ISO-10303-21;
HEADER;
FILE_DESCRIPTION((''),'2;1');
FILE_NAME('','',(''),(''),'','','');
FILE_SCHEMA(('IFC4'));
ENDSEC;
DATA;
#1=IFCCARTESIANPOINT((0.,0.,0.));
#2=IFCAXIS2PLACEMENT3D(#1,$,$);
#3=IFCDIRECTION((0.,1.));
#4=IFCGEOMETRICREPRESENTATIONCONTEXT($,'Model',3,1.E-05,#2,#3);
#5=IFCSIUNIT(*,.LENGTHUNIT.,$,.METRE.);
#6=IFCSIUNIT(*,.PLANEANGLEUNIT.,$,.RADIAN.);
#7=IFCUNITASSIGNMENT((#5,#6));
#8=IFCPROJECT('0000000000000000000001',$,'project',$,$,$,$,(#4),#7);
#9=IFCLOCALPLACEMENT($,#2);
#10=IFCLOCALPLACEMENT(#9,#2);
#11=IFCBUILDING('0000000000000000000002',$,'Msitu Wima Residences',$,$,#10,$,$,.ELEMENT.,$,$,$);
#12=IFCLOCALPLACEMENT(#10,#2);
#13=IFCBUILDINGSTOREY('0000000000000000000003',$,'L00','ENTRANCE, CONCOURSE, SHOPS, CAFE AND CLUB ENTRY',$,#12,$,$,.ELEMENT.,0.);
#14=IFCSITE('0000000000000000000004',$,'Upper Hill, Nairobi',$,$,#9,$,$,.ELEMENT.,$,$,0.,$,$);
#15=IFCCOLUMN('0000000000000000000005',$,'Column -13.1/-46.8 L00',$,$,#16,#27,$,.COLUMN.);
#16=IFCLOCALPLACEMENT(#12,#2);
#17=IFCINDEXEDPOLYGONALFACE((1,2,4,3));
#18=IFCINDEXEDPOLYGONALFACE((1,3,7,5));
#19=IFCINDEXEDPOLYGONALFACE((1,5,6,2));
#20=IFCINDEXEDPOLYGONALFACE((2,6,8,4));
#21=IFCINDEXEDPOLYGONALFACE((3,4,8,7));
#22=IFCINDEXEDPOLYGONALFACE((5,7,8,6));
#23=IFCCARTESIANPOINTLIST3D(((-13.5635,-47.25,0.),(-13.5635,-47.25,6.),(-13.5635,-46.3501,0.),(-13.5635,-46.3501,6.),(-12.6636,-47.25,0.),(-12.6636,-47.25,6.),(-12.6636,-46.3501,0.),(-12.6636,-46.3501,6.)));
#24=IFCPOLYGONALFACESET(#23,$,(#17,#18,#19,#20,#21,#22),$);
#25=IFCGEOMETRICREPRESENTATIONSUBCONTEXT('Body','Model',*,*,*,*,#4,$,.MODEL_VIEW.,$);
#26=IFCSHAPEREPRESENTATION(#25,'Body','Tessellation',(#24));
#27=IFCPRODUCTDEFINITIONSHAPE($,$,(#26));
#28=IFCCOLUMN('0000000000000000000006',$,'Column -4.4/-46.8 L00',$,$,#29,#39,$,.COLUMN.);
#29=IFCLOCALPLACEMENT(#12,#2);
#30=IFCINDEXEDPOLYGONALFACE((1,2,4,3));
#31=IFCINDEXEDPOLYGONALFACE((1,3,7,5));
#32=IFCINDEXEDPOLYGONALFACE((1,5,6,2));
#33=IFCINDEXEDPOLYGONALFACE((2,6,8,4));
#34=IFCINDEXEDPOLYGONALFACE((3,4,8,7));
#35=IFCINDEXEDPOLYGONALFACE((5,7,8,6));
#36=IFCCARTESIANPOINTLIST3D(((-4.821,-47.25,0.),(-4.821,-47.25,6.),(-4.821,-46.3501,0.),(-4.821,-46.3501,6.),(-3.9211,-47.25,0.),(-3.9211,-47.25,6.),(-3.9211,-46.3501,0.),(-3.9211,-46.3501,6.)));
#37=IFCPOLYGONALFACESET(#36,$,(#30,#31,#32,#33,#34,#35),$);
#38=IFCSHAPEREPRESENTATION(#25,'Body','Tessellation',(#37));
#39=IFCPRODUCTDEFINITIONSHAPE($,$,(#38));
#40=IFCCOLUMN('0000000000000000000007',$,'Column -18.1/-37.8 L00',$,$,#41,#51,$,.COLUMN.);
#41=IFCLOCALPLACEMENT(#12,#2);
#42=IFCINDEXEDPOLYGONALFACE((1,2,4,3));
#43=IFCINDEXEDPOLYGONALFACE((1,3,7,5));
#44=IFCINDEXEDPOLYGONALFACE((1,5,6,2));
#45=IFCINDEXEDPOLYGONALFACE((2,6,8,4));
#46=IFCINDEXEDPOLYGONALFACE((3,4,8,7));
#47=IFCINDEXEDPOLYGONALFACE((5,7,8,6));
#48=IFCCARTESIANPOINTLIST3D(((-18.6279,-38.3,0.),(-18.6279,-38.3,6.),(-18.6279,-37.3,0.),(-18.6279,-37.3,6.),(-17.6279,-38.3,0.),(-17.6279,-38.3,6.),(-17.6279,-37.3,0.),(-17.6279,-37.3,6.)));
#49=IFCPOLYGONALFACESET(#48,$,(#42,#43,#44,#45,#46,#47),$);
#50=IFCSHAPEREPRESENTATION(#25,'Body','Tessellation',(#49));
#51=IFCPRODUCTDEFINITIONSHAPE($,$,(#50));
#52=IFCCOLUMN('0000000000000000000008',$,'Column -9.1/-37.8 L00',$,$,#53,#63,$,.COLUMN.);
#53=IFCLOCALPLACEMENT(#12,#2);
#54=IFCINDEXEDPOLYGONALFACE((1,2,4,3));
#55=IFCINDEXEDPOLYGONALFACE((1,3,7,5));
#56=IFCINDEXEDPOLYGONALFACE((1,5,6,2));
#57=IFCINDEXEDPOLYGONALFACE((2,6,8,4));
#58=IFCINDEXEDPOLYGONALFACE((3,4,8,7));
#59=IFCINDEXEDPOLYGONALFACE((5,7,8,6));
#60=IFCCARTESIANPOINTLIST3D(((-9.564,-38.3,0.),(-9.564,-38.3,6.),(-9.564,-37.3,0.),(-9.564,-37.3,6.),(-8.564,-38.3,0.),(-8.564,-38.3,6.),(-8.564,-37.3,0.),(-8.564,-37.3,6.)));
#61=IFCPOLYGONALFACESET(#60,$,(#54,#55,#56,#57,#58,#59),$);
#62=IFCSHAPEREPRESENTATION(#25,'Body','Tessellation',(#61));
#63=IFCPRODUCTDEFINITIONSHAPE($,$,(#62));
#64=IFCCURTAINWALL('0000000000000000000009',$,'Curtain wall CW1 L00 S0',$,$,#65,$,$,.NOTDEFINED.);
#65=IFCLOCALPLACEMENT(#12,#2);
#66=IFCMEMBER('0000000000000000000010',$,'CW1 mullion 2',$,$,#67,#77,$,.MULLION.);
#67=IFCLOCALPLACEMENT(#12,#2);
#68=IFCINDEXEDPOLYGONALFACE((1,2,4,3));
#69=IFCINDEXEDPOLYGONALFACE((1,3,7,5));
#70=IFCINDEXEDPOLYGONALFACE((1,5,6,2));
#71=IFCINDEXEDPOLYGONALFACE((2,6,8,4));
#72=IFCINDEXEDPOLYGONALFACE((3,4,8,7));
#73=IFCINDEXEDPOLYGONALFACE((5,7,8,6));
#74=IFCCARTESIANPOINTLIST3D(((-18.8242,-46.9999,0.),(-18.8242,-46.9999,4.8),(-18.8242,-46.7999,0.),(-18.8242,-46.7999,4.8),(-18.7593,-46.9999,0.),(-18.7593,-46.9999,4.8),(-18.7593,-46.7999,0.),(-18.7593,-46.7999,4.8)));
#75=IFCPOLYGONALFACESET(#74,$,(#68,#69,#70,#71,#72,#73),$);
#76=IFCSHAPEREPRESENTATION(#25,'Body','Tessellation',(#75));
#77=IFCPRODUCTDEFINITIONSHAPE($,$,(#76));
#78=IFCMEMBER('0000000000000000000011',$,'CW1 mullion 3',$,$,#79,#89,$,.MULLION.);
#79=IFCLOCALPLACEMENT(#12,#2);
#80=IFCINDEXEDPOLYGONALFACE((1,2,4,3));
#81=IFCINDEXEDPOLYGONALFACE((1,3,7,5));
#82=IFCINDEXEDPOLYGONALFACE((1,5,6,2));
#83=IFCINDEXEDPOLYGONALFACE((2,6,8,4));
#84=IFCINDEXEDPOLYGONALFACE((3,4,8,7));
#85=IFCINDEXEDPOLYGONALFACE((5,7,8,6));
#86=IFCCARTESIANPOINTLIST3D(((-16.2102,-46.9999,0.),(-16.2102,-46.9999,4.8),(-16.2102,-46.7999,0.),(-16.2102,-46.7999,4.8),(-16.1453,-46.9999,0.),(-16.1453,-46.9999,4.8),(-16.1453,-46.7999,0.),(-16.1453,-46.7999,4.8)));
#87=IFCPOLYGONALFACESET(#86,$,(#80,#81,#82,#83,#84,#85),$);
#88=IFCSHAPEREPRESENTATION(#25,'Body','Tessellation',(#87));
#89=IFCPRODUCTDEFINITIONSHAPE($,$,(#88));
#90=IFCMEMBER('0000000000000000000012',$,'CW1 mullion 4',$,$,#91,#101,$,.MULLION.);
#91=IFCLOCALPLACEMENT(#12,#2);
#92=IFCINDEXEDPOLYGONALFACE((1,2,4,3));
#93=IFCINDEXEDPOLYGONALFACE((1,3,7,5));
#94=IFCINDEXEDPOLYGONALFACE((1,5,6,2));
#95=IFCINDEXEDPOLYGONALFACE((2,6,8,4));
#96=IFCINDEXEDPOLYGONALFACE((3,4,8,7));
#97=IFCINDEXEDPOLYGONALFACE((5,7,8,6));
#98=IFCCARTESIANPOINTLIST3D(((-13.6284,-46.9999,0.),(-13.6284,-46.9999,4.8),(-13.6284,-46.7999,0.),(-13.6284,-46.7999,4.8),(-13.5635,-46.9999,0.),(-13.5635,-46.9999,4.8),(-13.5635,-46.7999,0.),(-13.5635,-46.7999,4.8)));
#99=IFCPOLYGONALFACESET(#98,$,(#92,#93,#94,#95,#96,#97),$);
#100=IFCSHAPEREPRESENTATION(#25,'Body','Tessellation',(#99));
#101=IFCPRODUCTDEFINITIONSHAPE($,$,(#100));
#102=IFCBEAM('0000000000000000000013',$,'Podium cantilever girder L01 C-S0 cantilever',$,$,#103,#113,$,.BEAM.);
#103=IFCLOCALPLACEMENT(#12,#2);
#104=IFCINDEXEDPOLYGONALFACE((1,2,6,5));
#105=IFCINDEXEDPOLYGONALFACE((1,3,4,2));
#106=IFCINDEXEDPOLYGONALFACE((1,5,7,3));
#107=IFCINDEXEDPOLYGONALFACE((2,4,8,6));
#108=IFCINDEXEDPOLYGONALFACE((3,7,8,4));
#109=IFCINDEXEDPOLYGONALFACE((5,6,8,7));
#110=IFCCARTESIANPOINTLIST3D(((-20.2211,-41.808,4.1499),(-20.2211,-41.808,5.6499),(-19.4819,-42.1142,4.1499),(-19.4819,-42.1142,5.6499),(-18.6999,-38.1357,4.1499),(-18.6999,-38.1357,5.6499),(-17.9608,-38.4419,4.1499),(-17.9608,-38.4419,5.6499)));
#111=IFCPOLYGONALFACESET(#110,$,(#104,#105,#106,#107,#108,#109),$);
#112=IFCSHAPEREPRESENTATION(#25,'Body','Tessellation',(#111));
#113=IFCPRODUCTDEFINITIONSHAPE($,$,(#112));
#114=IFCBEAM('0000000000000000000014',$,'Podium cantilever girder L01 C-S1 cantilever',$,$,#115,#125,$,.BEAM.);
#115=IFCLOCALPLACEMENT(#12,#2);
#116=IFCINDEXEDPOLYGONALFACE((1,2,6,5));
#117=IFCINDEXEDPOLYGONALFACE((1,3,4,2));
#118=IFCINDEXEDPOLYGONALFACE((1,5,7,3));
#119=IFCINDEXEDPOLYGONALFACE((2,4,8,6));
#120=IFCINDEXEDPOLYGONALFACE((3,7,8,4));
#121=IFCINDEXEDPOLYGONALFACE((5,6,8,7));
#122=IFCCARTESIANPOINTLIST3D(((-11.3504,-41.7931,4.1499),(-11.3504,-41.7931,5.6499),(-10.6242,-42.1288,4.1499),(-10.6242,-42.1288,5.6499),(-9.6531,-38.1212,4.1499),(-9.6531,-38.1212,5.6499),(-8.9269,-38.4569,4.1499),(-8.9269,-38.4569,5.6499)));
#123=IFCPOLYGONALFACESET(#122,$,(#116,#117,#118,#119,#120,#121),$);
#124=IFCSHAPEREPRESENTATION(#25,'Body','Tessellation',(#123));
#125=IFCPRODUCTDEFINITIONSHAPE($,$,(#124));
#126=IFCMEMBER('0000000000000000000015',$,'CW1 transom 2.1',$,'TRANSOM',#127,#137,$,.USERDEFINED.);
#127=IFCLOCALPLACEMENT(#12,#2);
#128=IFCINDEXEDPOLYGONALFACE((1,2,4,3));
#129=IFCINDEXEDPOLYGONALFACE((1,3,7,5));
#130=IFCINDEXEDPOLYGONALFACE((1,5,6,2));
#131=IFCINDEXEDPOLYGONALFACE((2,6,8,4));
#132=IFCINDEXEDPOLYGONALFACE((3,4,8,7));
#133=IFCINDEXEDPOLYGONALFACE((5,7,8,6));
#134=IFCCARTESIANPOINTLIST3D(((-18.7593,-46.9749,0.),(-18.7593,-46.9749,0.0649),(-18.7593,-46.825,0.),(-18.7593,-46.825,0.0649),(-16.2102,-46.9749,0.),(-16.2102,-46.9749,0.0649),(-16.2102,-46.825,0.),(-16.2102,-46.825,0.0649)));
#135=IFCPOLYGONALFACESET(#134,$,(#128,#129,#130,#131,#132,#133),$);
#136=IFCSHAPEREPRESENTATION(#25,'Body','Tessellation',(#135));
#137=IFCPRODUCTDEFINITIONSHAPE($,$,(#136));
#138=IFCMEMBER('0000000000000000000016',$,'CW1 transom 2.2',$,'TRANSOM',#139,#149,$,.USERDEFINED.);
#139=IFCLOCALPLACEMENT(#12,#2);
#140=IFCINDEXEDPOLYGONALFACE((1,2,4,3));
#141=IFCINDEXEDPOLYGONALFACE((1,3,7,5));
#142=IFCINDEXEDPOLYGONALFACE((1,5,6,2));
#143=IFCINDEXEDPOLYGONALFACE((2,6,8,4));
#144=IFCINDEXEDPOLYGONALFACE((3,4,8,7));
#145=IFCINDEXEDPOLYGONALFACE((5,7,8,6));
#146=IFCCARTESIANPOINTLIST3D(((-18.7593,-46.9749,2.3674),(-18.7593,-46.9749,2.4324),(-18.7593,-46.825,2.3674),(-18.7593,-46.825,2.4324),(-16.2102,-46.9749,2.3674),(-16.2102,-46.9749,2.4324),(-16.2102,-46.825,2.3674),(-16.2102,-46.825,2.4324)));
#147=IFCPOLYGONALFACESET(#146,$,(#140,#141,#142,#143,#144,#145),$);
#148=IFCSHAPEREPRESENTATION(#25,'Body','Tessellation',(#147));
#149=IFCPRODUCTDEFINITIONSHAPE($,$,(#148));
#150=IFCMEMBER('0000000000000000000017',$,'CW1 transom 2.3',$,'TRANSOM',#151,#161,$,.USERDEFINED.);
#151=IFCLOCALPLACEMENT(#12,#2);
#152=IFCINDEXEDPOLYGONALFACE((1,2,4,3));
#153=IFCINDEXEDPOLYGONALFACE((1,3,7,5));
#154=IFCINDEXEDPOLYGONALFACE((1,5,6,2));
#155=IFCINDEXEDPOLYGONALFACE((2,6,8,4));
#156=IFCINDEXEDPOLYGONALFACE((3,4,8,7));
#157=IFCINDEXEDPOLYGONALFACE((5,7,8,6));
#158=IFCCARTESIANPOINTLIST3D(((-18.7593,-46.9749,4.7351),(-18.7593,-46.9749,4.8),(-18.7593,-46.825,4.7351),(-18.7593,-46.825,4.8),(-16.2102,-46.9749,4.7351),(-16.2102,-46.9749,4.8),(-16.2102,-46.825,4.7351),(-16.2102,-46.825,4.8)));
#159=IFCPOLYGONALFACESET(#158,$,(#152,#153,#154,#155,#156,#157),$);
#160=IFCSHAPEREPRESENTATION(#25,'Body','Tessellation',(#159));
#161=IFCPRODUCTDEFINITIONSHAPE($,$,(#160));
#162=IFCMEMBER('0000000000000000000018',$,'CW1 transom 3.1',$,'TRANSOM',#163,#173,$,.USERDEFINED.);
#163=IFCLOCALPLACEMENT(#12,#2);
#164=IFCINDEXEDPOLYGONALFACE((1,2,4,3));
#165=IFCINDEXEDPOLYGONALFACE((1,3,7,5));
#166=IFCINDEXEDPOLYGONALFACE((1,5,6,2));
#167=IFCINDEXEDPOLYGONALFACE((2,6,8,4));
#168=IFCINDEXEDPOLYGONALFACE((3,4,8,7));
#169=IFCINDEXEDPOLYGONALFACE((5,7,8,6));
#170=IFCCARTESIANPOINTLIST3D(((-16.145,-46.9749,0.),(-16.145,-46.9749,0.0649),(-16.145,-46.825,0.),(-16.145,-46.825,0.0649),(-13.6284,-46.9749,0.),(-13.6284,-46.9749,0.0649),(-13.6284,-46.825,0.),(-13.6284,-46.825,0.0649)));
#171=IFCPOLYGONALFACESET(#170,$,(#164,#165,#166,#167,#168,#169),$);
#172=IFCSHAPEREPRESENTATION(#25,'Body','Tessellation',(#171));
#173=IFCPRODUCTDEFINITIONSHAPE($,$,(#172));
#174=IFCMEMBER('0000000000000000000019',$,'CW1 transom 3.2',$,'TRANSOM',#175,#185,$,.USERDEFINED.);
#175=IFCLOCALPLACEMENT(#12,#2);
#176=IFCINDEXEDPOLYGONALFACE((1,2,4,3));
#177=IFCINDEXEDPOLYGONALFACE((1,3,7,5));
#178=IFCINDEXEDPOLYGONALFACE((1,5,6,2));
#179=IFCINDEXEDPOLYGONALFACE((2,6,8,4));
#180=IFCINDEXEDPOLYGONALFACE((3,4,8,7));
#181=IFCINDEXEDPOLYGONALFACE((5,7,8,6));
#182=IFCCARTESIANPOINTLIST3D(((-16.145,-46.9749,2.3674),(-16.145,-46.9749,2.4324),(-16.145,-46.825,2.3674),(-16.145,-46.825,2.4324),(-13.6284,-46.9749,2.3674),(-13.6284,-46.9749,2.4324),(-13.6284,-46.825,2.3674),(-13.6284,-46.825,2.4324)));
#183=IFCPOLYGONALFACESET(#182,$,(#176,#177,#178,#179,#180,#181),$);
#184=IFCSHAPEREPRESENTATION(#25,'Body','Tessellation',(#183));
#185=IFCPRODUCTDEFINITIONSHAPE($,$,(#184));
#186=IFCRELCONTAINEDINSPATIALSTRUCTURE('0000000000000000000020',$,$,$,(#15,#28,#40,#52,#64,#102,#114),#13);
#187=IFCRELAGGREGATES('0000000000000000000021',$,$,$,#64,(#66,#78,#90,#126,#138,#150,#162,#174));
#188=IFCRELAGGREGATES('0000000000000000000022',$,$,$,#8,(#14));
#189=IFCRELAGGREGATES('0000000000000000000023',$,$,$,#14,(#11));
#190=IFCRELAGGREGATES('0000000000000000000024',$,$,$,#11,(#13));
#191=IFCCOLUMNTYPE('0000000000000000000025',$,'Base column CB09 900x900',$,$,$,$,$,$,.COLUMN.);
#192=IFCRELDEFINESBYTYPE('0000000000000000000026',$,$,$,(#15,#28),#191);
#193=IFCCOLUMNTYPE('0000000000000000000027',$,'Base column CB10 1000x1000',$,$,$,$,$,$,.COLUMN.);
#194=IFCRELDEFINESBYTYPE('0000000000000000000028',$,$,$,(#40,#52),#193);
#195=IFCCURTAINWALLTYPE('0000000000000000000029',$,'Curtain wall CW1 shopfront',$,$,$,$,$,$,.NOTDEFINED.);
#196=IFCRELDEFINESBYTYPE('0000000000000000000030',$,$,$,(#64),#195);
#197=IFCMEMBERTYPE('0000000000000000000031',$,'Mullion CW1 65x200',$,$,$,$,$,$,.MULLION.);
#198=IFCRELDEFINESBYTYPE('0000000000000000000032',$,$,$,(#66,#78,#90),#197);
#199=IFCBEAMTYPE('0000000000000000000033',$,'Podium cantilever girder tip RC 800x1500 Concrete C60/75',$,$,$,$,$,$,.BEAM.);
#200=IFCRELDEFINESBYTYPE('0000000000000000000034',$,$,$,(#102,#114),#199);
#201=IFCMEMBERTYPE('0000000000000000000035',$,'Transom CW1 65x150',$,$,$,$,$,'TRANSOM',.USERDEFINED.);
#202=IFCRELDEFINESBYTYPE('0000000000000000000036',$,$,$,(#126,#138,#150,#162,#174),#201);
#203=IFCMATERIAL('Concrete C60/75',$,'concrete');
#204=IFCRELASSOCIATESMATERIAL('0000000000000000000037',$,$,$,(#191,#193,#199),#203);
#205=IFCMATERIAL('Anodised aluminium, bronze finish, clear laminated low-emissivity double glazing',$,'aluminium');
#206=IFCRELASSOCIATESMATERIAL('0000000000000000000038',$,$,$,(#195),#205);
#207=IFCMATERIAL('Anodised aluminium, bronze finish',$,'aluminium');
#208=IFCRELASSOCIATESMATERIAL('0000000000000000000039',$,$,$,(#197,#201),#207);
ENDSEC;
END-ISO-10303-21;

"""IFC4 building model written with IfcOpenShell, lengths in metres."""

from ifc_helpers import new_model, si_unit, direction, frame, origin, origin_2d, place, context, subcontext, project, spatial, rectangle, extrude, material, material_profile, profile_set, type_object, element, aggregate, save


model = new_model("IFC4")

# Units and contexts
model_context = context("Model", 3, precision=1e-05, world=origin(), true_north=direction((0.0, 1.0)))
body_context = subcontext(model_context, "Body", "Model", "MODEL_VIEW")
ifc_project = project(units=[si_unit("LENGTHUNIT", "METRE"), si_unit("PLANEANGLEUNIT", "RADIAN")], contexts=[model_context])

# Site, building, storey
site_placement = place(None, origin())
site = spatial("IfcSite", under=ifc_project, at=site_placement, Name="Upper Hill, Nairobi", CompositionType="ELEMENT", RefElevation=0.0)
building_placement = place(site_placement, origin())
building = spatial("IfcBuilding", under=site, at=building_placement, Name="Msitu Wima Residences", CompositionType="ELEMENT")
storey_placement = place(building_placement, origin())
storey = spatial("IfcBuildingStorey", under=building, at=storey_placement, Name="L00", Description="ENTRANCE, CONCOURSE, SHOPS, CAFE AND CLUB ENTRY", CompositionType="ELEMENT", Elevation=0.0)

# Columns
ifc_material_1 = material(Name="Concrete C60/75", Category="concrete")
ifc_material_profile_1 = material_profile(ifc_material_1, rectangle(XDim=0.8999, YDim=0.8999, at=origin_2d()), Name="RC 900x900")
ifc_profile_set_1 = profile_set([ifc_material_profile_1], Name="Concrete C60/75")
column_type_1 = type_object("IfcColumnType", Name="Base column CB09 900x900", PredefinedType="COLUMN", material=ifc_profile_set_1)
for number, where, z_axis, x_axis, name in (
    (1, (-13.1135, -46.8, 0.0), (0.0, 0.0, 1.0), (1.0, 0.0, 0.0), "Column -13.1/-46.8 L00"),
    (2, (-4.3711, -46.8, 0.0), (0.0, 0.0, 1.0), (1.0, 0.0, 0.0), "Column -4.4/-46.8 L00"),
):
    element("IfcColumn", number, at=place(storey_placement, frame(where, z_axis=z_axis, x_axis=x_axis)), inside=storey, type_object=column_type_1, Name=name, PredefinedType="COLUMN", context=body_context, shape_type="SweptSolid", body=[
        extrude(rectangle(XDim=0.8999, YDim=0.8999, at=origin_2d()), origin(), (0.0, 0.0, 1.0), 6.0),
    ])
ifc_material_profile_2 = material_profile(ifc_material_1, rectangle(XDim=1.0, YDim=1.0, at=origin_2d()), Name="RC 1000x1000")
ifc_profile_set_2 = profile_set([ifc_material_profile_2], Name="Concrete C60/75")
column_type_2 = type_object("IfcColumnType", Name="Base column CB10 1000x1000", PredefinedType="COLUMN", material=ifc_profile_set_2)
for number, where, z_axis, x_axis, name in (
    (3, (-18.1279, -37.8, 0.0), (0.0, 0.0, 1.0), (1.0, 0.0, 0.0), "Column -18.1/-37.8 L00"),
    (4, (-9.064, -37.8, 0.0), (0.0, 0.0, 1.0), (1.0, 0.0, 0.0), "Column -9.1/-37.8 L00"),
):
    element("IfcColumn", number, at=place(storey_placement, frame(where, z_axis=z_axis, x_axis=x_axis)), inside=storey, type_object=column_type_2, Name=name, PredefinedType="COLUMN", context=body_context, shape_type="SweptSolid", body=[
        extrude(rectangle(XDim=1.0, YDim=1.0, at=origin_2d()), origin(), (0.0, 0.0, 1.0), 6.0),
    ])

# Curtain wall, members
ifc_material_2 = material(Name="Anodised aluminium, bronze finish, clear laminated low-emissivity double glazing", Category="aluminium")
curtain_wall_type = type_object("IfcCurtainWallType", Name="Curtain wall CW1 shopfront", PredefinedType="NOTDEFINED", material=ifc_material_2)
curtain_wall_placement = place(storey_placement, origin())
curtain_wall = element("IfcCurtainWall", 5, at=curtain_wall_placement, inside=storey, type_object=curtain_wall_type, Name="Curtain wall CW1 L00 S0", PredefinedType="NOTDEFINED")
ifc_material_3 = material(Name="Anodised aluminium, bronze finish", Category="aluminium")
ifc_material_profile_3 = material_profile(ifc_material_3, rectangle(XDim=0.2, YDim=0.0649, at=origin_2d()), Name="Mullion 65x200")
ifc_profile_set_3 = profile_set([ifc_material_profile_3], Name="Anodised aluminium, bronze finish")
member_type_1 = type_object("IfcMemberType", Name="Mullion CW1 65x200", PredefinedType="MULLION", material=ifc_profile_set_3)
member_1_placement = place(storey_placement, frame((-18.7917, -46.8999, 0.0), z_axis=(0.0, 0.0, 1.0), x_axis=(0.0, 1.0, 0.0)))
member_1 = element("IfcMember", 6, at=member_1_placement, type_object=member_type_1, Name="CW1 mullion 2", PredefinedType="MULLION", context=body_context, shape_type="SweptSolid", body=[
    extrude(rectangle(XDim=0.2, YDim=0.0649, at=origin_2d()), origin(), (0.0, 0.0, 1.0), 4.8),
])
member_2_placement = place(storey_placement, frame((-16.1777, -46.8999, 0.0), z_axis=(0.0, 0.0, 1.0), x_axis=(0.0, 1.0, 0.0)))
member_2 = element("IfcMember", 7, at=member_2_placement, type_object=member_type_1, Name="CW1 mullion 3", PredefinedType="MULLION", context=body_context, shape_type="SweptSolid", body=[
    extrude(rectangle(XDim=0.2, YDim=0.0649, at=origin_2d()), origin(), (0.0, 0.0, 1.0), 4.8),
])
member_3_placement = place(storey_placement, frame((-13.5959, -46.8999, 0.0), z_axis=(0.0, 0.0, 1.0), x_axis=(0.0, 1.0, 0.0)))
member_3 = element("IfcMember", 8, at=member_3_placement, type_object=member_type_1, Name="CW1 mullion 4", PredefinedType="MULLION", context=body_context, shape_type="SweptSolid", body=[
    extrude(rectangle(XDim=0.2, YDim=0.0649, at=origin_2d()), origin(), (0.0, 0.0, 1.0), 4.8),
])

# Beams
ifc_material_profile_4 = material_profile(ifc_material_1, rectangle(XDim=0.8, YDim=1.5, at=origin_2d()), Name="RC 800x1500")
ifc_profile_set_4 = profile_set([ifc_material_profile_4], Name="Concrete C60/75")
beam_type = type_object("IfcBeamType", Name="Podium cantilever girder tip RC 800x1500 Concrete C60/75", PredefinedType="BEAM", material=ifc_profile_set_4)
beam_1_placement = place(storey_placement, frame((-18.3303, -38.2888, 4.8999), z_axis=(-0.382704, -0.923871, 0.0), x_axis=(0.923871, -0.382704, 0.0)))
element("IfcBeam", 9, at=beam_1_placement, inside=storey, type_object=beam_type, Name="Podium cantilever girder L01 C-S0 cantilever", PredefinedType="BEAM", context=body_context, shape_type="SweptSolid", body=[
    extrude(rectangle(XDim=0.8, YDim=1.5, at=origin_2d()), origin(), (0.0, 0.0, 1.0), 3.9749),
])
beam_2_placement = place(storey_placement, frame((-9.29, -38.2891, 4.8999), z_axis=(-0.419579, -0.907719, 0.0), x_axis=(0.907719, -0.419579, 0.0)))
element("IfcBeam", 10, at=beam_2_placement, inside=storey, type_object=beam_type, Name="Podium cantilever girder L01 C-S1 cantilever", PredefinedType="BEAM", context=body_context, shape_type="SweptSolid", body=[
    extrude(rectangle(XDim=0.8, YDim=1.5, at=origin_2d()), origin(), (0.0, 0.0, 1.0), 4.0452),
])

# Members
ifc_material_profile_5 = material_profile(ifc_material_3, rectangle(XDim=0.1499, YDim=0.0649, at=origin_2d()), Name="Transom 65x150")
ifc_profile_set_5 = profile_set([ifc_material_profile_5], Name="Anodised aluminium, bronze finish")
member_type_2 = type_object("IfcMemberType", Name="Transom CW1 65x150", ElementType="TRANSOM", PredefinedType="USERDEFINED", material=ifc_profile_set_5)
member_4_placement = place(storey_placement, frame((-18.7593, -46.8999, 0.0325), z_axis=(1.0, 0.0, 0.0), x_axis=(0.0, 1.0, 0.0)))
member_4 = element("IfcMember", 11, at=member_4_placement, type_object=member_type_2, Name="CW1 transom 2.1", ObjectType="TRANSOM", PredefinedType="USERDEFINED", context=body_context, shape_type="SweptSolid", body=[
    extrude(rectangle(XDim=0.1499, YDim=0.0649, at=origin_2d()), origin(), (0.0, 0.0, 1.0), 2.5491),
])
member_5_placement = place(storey_placement, frame((-18.7593, -46.8999, 2.3999), z_axis=(1.0, 0.0, 0.0), x_axis=(0.0, 1.0, 0.0)))
member_5 = element("IfcMember", 12, at=member_5_placement, type_object=member_type_2, Name="CW1 transom 2.2", ObjectType="TRANSOM", PredefinedType="USERDEFINED", context=body_context, shape_type="SweptSolid", body=[
    extrude(rectangle(XDim=0.1499, YDim=0.0649, at=origin_2d()), origin(), (0.0, 0.0, 1.0), 2.5491),
])
member_6_placement = place(storey_placement, frame((-18.7593, -46.8999, 4.7676), z_axis=(1.0, 0.0, 0.0), x_axis=(0.0, 1.0, 0.0)))
member_6 = element("IfcMember", 13, at=member_6_placement, type_object=member_type_2, Name="CW1 transom 2.3", ObjectType="TRANSOM", PredefinedType="USERDEFINED", context=body_context, shape_type="SweptSolid", body=[
    extrude(rectangle(XDim=0.1499, YDim=0.0649, at=origin_2d()), origin(), (0.0, 0.0, 1.0), 2.5491),
])
member_7_placement = place(storey_placement, frame((-16.145, -46.8999, 0.0325), z_axis=(1.0, 0.0, 0.0), x_axis=(0.0, 1.0, 0.0)))
member_7 = element("IfcMember", 14, at=member_7_placement, type_object=member_type_2, Name="CW1 transom 3.1", ObjectType="TRANSOM", PredefinedType="USERDEFINED", context=body_context, shape_type="SweptSolid", body=[
    extrude(rectangle(XDim=0.1499, YDim=0.0649, at=origin_2d()), origin(), (0.0, 0.0, 1.0), 2.5166),
])
member_8_placement = place(storey_placement, frame((-16.145, -46.8999, 2.3999), z_axis=(1.0, 0.0, 0.0), x_axis=(0.0, 1.0, 0.0)))
member_8 = element("IfcMember", 15, at=member_8_placement, type_object=member_type_2, Name="CW1 transom 3.2", ObjectType="TRANSOM", PredefinedType="USERDEFINED", context=body_context, shape_type="SweptSolid", body=[
    extrude(rectangle(XDim=0.1499, YDim=0.0649, at=origin_2d()), origin(), (0.0, 0.0, 1.0), 2.5166),
])

aggregate(curtain_wall, [member_1, member_2, member_3, member_4, member_5, member_6, member_7, member_8])

save(model, "model.ifc")
